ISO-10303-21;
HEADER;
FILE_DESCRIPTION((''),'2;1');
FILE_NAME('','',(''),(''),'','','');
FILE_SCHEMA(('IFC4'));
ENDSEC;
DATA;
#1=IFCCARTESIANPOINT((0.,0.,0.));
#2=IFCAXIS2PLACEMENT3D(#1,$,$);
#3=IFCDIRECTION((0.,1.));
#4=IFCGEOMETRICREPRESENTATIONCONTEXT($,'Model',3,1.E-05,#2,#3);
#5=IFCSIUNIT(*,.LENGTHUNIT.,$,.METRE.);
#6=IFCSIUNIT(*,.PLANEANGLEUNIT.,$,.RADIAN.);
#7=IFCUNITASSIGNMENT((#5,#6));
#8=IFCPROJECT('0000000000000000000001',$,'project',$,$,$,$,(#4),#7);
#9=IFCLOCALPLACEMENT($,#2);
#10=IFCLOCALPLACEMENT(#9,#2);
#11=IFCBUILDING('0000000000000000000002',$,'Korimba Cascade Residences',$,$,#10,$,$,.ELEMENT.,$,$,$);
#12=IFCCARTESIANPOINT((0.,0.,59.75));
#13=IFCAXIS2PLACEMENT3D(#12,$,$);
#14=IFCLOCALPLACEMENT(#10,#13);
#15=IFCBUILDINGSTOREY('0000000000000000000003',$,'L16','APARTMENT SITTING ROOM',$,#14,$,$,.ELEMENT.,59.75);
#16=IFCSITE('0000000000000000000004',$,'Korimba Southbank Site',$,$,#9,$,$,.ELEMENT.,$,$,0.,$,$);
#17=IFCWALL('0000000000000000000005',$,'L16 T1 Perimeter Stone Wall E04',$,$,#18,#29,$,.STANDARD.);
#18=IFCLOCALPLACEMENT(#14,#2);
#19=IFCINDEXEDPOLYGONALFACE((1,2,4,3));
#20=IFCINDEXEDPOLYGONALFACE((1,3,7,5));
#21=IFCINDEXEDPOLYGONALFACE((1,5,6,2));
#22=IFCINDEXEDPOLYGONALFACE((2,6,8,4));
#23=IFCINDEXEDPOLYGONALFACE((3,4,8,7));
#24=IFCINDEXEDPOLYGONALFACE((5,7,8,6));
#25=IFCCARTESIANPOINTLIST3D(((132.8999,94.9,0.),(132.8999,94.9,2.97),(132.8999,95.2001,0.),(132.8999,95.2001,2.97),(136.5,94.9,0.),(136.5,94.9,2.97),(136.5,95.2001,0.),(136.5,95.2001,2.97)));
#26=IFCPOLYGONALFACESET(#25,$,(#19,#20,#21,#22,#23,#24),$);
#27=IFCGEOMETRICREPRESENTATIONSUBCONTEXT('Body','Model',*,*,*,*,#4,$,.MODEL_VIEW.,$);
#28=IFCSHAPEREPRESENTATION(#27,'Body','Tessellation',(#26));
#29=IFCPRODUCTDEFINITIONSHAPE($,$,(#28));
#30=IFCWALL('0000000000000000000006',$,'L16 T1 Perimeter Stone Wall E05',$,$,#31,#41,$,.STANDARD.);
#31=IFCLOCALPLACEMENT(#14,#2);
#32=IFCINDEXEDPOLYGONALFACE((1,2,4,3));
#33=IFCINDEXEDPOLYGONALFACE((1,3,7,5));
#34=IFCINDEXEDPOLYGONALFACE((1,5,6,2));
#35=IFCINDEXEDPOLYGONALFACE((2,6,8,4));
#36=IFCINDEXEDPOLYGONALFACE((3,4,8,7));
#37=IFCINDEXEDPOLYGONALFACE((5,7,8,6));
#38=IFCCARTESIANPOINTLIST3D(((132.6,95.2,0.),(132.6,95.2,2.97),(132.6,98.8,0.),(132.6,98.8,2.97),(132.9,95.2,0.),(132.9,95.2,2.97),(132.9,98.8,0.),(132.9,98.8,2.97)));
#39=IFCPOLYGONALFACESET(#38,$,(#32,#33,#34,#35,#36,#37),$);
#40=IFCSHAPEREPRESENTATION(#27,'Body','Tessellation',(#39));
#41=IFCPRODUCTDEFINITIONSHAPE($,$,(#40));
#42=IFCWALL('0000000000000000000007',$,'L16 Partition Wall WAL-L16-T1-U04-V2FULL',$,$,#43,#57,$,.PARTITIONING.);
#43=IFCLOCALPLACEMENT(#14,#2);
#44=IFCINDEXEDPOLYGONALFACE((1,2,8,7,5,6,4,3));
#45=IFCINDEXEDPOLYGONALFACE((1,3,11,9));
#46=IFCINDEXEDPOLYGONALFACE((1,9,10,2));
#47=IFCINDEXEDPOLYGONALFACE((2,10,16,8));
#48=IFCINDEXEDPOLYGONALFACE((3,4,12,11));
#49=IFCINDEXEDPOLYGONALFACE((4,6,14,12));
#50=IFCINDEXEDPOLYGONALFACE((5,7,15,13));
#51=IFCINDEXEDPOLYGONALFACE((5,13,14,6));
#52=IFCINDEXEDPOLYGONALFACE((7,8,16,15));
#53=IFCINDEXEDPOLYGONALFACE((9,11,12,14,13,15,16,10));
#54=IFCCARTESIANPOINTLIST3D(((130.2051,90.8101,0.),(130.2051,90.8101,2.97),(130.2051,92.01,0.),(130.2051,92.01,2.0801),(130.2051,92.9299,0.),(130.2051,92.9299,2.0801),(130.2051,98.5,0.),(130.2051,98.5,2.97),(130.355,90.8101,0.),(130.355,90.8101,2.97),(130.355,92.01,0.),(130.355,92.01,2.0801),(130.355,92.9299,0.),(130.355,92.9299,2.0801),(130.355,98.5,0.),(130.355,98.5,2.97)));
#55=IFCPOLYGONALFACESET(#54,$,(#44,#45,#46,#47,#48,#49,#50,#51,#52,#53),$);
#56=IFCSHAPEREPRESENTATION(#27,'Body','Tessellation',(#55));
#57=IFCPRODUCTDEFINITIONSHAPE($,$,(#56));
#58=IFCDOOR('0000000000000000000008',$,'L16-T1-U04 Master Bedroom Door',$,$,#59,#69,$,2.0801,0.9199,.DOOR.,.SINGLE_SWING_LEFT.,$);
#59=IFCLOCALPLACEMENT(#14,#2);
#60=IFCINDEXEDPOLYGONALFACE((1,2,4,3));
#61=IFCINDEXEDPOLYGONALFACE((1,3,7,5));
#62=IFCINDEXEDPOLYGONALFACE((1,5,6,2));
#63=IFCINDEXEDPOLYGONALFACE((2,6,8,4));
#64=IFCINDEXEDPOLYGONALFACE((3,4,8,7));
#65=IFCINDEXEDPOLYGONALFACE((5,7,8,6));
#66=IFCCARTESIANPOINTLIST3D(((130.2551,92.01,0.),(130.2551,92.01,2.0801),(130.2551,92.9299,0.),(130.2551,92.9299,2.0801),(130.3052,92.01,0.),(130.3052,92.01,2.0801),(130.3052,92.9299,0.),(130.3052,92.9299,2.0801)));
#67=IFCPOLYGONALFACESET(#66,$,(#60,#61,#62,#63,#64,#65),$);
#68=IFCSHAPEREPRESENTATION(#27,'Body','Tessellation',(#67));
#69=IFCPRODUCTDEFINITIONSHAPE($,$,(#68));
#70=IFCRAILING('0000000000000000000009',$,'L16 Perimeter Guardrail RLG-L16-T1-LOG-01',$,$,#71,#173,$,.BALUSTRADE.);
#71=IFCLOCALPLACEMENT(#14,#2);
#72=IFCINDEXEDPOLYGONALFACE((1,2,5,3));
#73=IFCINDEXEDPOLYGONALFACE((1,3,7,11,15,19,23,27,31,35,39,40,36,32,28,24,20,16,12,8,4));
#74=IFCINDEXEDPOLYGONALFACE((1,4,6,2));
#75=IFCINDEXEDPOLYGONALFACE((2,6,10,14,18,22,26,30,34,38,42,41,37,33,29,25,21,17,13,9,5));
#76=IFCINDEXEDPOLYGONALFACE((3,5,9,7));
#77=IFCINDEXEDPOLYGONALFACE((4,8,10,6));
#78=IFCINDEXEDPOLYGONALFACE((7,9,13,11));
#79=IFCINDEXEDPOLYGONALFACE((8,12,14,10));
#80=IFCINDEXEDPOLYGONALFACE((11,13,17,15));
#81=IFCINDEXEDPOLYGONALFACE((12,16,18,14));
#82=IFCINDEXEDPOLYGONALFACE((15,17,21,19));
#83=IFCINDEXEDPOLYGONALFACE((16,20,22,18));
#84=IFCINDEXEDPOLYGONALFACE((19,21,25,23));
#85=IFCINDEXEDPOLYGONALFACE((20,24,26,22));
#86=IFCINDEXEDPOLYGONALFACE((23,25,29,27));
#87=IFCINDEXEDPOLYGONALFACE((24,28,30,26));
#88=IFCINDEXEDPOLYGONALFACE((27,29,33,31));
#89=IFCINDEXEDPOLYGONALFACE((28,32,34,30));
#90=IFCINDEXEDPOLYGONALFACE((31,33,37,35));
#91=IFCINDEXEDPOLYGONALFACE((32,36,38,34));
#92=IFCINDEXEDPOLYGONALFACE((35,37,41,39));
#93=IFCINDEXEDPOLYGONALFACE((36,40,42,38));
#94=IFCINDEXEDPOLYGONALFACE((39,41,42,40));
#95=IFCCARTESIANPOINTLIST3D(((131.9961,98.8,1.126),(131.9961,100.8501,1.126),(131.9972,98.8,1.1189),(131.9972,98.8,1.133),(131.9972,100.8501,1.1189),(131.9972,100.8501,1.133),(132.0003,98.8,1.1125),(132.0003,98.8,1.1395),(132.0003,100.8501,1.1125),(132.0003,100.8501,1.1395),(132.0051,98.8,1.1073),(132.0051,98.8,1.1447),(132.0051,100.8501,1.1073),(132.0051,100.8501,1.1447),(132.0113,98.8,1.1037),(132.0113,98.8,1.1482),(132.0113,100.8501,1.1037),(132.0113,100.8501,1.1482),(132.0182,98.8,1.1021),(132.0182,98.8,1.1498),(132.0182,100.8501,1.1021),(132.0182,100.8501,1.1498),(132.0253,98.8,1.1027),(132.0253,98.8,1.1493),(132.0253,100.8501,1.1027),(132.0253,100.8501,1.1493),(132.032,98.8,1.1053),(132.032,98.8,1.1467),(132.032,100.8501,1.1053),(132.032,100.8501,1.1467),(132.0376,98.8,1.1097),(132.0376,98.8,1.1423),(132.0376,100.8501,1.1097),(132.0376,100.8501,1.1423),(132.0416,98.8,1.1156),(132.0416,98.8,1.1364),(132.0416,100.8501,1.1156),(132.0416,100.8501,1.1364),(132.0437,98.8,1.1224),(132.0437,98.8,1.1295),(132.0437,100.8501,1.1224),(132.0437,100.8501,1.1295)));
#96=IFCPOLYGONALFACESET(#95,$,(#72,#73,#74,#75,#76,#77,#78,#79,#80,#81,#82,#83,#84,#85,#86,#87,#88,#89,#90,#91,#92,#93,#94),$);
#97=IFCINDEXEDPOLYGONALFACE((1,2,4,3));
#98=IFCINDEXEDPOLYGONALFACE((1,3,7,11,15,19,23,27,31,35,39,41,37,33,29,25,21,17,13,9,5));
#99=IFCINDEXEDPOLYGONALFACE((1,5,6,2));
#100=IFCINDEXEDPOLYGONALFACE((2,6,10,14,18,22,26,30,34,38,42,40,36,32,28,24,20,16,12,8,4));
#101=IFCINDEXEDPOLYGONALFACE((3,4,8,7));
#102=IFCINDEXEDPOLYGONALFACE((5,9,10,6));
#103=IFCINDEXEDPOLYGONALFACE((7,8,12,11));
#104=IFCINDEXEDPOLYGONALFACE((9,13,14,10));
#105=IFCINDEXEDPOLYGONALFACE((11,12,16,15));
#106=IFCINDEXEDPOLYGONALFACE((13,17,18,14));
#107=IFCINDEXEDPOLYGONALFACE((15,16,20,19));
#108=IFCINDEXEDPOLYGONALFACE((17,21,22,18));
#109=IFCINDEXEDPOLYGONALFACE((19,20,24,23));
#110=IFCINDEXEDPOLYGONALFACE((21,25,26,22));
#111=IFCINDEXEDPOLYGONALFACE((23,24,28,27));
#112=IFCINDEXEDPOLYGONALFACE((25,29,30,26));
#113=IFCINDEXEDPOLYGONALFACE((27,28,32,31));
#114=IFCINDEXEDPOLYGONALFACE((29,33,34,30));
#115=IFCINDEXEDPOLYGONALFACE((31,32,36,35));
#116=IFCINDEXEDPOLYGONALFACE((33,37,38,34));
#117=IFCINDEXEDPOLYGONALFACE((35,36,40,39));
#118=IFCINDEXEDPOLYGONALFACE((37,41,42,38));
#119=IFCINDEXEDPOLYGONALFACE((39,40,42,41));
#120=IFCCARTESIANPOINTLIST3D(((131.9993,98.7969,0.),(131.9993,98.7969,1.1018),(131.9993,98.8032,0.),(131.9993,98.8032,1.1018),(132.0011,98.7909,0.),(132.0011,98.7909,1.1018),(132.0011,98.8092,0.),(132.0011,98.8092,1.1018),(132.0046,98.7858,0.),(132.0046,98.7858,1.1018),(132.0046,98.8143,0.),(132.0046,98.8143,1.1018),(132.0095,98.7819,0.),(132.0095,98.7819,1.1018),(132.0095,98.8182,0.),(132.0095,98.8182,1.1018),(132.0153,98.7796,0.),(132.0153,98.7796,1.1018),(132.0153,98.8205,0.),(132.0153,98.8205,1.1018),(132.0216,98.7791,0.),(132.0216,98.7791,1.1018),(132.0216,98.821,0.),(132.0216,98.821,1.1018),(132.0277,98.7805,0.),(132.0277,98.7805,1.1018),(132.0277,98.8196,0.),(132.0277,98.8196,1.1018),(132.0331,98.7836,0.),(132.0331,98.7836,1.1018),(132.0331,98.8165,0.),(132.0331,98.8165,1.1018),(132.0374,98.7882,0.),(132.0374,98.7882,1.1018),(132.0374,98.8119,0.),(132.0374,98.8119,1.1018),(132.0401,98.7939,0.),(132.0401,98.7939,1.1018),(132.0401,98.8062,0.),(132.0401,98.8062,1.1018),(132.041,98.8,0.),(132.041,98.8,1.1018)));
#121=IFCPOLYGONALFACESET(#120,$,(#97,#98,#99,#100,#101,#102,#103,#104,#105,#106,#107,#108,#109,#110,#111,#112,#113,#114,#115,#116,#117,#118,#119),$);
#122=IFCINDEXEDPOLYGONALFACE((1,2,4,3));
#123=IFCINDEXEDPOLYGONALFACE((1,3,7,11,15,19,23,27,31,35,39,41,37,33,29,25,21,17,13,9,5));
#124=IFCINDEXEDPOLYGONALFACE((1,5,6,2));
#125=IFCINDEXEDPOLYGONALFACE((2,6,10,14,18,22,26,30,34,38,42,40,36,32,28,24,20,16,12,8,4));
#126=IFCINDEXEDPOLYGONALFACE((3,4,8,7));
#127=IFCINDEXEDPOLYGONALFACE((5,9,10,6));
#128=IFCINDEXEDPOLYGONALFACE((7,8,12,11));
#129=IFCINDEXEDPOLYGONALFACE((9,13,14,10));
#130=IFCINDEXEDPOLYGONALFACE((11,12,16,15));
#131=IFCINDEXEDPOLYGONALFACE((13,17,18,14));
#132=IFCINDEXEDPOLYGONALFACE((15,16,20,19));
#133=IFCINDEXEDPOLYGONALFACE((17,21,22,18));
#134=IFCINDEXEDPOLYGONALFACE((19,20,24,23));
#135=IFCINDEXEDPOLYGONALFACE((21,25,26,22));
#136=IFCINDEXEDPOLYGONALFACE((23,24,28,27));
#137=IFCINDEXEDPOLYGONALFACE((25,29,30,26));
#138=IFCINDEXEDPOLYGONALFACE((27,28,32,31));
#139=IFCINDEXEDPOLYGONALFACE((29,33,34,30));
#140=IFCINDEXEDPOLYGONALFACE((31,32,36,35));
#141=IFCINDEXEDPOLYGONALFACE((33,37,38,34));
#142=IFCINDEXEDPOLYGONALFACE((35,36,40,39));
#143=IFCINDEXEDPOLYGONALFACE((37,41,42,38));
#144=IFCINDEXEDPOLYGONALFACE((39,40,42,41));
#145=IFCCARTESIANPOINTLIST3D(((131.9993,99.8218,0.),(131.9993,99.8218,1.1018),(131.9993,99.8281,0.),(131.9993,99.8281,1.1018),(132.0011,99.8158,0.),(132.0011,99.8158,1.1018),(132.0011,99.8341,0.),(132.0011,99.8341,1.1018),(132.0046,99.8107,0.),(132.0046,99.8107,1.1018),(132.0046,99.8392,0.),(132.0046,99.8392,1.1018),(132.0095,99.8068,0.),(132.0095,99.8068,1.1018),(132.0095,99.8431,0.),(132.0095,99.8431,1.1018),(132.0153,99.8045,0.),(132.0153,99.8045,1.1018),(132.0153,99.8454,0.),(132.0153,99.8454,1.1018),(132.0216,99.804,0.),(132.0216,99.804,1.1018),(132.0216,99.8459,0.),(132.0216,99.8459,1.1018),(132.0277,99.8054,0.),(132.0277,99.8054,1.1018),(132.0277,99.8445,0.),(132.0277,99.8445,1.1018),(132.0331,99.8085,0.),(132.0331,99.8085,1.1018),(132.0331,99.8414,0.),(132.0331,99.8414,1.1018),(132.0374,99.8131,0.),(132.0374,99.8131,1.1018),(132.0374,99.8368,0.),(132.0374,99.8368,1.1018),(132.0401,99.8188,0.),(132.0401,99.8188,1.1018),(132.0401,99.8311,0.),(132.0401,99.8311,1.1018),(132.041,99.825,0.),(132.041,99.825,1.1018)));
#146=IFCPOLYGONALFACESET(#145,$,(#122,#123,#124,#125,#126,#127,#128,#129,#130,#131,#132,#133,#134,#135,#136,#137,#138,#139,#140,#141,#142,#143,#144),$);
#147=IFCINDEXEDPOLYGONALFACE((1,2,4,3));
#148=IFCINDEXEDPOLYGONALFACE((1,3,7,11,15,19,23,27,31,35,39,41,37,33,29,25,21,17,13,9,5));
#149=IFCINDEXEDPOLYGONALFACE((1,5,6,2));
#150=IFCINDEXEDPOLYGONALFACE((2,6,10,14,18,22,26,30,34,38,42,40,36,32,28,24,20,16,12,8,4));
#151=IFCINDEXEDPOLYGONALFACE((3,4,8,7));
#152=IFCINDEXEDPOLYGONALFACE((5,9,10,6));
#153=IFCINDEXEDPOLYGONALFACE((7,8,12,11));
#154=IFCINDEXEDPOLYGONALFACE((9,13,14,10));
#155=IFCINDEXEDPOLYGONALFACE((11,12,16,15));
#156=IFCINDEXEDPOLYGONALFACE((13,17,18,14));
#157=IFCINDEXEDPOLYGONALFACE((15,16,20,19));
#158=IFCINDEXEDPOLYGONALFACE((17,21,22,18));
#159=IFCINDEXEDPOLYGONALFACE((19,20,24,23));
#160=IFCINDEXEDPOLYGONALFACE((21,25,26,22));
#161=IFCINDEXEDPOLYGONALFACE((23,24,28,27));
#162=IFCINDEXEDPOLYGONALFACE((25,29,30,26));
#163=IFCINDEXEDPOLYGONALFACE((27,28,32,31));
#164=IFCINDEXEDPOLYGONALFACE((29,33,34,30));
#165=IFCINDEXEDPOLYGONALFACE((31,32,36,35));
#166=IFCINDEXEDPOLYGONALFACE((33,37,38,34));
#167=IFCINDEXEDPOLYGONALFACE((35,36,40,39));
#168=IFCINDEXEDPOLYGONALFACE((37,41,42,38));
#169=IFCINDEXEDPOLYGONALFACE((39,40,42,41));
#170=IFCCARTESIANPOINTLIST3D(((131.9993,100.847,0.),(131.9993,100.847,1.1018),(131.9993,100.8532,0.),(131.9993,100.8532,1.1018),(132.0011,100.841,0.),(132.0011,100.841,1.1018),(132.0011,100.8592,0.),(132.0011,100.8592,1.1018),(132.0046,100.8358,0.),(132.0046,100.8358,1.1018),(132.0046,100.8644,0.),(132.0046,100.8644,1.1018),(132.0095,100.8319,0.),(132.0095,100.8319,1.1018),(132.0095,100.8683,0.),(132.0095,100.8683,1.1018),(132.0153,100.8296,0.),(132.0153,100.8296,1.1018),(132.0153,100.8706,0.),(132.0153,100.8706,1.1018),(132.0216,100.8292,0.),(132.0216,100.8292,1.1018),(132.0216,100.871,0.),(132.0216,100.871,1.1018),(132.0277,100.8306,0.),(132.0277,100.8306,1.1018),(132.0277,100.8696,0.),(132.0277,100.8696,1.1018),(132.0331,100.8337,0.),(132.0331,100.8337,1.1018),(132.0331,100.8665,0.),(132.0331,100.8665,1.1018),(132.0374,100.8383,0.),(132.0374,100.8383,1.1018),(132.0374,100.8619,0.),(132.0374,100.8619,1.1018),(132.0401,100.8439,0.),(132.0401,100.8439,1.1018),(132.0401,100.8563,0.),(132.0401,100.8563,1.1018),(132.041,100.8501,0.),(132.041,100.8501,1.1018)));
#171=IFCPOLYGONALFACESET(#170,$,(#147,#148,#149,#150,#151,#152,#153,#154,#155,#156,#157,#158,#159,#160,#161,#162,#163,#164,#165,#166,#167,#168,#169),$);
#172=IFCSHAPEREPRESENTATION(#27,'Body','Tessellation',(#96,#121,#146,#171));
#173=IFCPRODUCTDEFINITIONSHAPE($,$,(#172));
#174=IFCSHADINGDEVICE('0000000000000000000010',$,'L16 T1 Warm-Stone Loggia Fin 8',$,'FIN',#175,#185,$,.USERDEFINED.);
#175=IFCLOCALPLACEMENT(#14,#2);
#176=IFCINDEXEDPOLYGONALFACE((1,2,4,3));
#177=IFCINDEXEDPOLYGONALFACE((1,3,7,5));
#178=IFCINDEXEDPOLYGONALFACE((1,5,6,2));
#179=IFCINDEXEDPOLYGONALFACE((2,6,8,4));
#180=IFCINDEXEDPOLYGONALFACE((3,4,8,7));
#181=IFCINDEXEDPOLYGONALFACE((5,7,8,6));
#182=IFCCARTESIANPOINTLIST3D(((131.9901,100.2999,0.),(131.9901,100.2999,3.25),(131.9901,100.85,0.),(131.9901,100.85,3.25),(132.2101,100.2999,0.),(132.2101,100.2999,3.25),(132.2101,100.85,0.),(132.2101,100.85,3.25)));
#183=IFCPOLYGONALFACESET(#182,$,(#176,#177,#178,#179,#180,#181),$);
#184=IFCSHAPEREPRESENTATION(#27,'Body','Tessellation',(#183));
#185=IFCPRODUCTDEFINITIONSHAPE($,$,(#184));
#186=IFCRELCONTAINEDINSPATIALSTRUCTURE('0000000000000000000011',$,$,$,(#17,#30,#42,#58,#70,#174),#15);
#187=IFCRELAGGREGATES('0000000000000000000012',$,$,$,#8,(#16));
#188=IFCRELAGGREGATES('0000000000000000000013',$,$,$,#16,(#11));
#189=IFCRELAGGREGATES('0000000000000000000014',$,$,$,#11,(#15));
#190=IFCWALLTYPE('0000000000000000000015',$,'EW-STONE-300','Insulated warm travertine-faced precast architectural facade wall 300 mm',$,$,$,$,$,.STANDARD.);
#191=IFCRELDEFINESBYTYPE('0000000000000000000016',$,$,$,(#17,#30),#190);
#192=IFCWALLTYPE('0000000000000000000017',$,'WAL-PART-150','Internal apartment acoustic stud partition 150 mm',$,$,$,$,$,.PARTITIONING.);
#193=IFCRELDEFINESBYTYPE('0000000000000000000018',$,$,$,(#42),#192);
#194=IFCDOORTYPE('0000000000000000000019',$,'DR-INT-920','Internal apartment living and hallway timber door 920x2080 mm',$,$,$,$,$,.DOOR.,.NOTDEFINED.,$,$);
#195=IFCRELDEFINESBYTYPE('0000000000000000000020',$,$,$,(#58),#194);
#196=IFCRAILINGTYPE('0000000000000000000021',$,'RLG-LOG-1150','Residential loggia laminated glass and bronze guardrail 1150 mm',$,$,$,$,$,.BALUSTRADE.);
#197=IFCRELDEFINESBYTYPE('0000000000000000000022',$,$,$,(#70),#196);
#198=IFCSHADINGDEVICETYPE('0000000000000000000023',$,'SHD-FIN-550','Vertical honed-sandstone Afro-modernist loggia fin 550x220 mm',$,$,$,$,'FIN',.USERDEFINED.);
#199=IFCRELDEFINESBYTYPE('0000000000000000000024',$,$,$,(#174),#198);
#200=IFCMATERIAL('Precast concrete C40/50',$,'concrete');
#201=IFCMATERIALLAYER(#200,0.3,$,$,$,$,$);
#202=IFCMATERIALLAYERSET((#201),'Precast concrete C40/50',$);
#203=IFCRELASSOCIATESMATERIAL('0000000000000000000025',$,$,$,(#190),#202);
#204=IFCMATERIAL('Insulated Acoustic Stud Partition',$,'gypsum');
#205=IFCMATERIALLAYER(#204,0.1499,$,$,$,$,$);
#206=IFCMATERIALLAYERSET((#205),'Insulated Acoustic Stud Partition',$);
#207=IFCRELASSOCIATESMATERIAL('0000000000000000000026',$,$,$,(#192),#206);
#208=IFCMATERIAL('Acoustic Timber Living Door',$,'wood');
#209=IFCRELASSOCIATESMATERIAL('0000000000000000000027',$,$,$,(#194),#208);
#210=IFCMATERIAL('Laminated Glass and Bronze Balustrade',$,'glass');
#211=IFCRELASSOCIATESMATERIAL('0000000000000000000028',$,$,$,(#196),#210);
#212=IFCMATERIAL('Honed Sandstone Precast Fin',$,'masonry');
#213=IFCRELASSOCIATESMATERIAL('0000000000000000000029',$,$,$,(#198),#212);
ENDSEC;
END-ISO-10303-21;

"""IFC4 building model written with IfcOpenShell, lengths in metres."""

from ifc_helpers import new_model, si_unit, direction, frame, frame_2d, origin, origin_2d, place, context, subcontext, project, spatial, rectangle, circle, extrude, material, layer, layer_set, type_object, element, fill, save


model = new_model("IFC4")

# Units and contexts
model_context = context("Model", 3, precision=1e-05, world=origin(), true_north=direction((0.0, 1.0)))
body_context = subcontext(model_context, "Body", "Model", "MODEL_VIEW")
ifc_project = project(units=[si_unit("LENGTHUNIT", "METRE"), si_unit("PLANEANGLEUNIT", "RADIAN")], contexts=[model_context])

# Site, building, storey
site_placement = place(None, origin())
site = spatial("IfcSite", under=ifc_project, at=site_placement, Name="Korimba Southbank Site", CompositionType="ELEMENT", RefElevation=0.0)
building_placement = place(site_placement, origin())
building = spatial("IfcBuilding", under=site, at=building_placement, Name="Korimba Cascade Residences", CompositionType="ELEMENT")
storey_placement = place(building_placement, frame((0.0, 0.0, 59.75)))
storey = spatial("IfcBuildingStorey", under=building, at=storey_placement, Name="L16", Description="APARTMENT SITTING ROOM", CompositionType="ELEMENT", Elevation=59.75)

# Shared definitions
ifc_material_1 = material(Name="Precast concrete C40/50", Category="concrete")

# Walls
ifc_layer_1 = layer(ifc_material_1, 0.3)
ifc_layer_set_1 = layer_set([ifc_layer_1], Name="Precast concrete C40/50")
wall_type_1 = type_object("IfcWallType", Name="EW-STONE-300", Description="Insulated warm travertine-faced precast architectural facade wall 300 mm", PredefinedType="STANDARD", material=ifc_layer_set_1)
for number, where, z_axis, x_axis, name in (
    (1, (136.5, 95.05, 0.0), (0.0, 0.0, 1.0), (-1.0, 0.0, 0.0), "L16 T1 Perimeter Stone Wall E04"),
    (2, (132.75, 95.2, 0.0), (0.0, 0.0, 1.0), (0.0, 1.0, 0.0), "L16 T1 Perimeter Stone Wall E05"),
):
    element("IfcWall", number, at=place(storey_placement, frame(where, z_axis=z_axis, x_axis=x_axis)), inside=storey, type_object=wall_type_1, Name=name, PredefinedType="STANDARD", context=body_context, shape_type="SweptSolid", body=[
        extrude(rectangle(XDim=3.6001, YDim=0.3, at=frame_2d((1.8, 0.0))), origin(), (0.0, 0.0, 1.0), 2.97),
    ])

# Wall, opening, door
ifc_material_2 = material(Name="Insulated Acoustic Stud Partition", Category="gypsum")
ifc_layer_2 = layer(ifc_material_2, 0.1499)
ifc_layer_set_2 = layer_set([ifc_layer_2], Name="Insulated Acoustic Stud Partition")
wall_type_2 = type_object("IfcWallType", Name="WAL-PART-150", Description="Internal apartment acoustic stud partition 150 mm", PredefinedType="PARTITIONING", material=ifc_layer_set_2)
wall_1_placement = place(storey_placement, frame((130.28, 90.8101, 0.0), z_axis=(0.0, 0.0, 1.0), x_axis=(0.0, 1.0, 0.0)))
wall_1 = element("IfcWall", 3, at=wall_1_placement, inside=storey, type_object=wall_type_2, Name="L16 Partition Wall WAL-L16-T1-U04-V2FULL", PredefinedType="PARTITIONING", context=body_context, shape_type="SweptSolid", body=[
    extrude(rectangle(XDim=7.6899, YDim=0.1499, at=frame_2d((3.845, 0.0))), origin(), (0.0, 0.0, 1.0), 2.97),
])
opening_1_placement = place(wall_1_placement, frame((1.2, 0.0, 0.0)))
opening_1 = element("IfcOpeningElement", 4, at=opening_1_placement, cuts=wall_1, PredefinedType="OPENING", context=body_context, shape_type="SweptSolid", body=[
    extrude(rectangle(XDim=0.9199, YDim=2.0801, at=frame_2d((0.46, 1.04))), frame((0.0, 0.085, 0.0), z_axis=(0.0, -1.0, 0.0), x_axis=(1.0, 0.0, 0.0)), (0.0, 0.0, 1.0), 0.1699),
])
ifc_material_3 = material(Name="Acoustic Timber Living Door", Category="wood")
door_type_1 = type_object("IfcDoorType", Name="DR-INT-920", Description="Internal apartment living and hallway timber door 920x2080 mm", OperationType="NOTDEFINED", PredefinedType="DOOR", material=ifc_material_3)
door_1_placement = place(opening_1_placement, origin())
door_1 = element("IfcDoor", 5, at=door_1_placement, inside=storey, type_object=door_type_1, Name="L16-T1-U04 Master Bedroom Door", OperationType="SINGLE_SWING_LEFT", OverallHeight=2.0801, OverallWidth=0.9199, PredefinedType="DOOR", context=body_context, shape_type="SweptSolid", body=[
    extrude(rectangle(XDim=0.9199, YDim=2.0801, at=frame_2d((0.46, 1.04))), frame((0.0, 0.0249, 0.0), z_axis=(0.0, -1.0, 0.0), x_axis=(1.0, 0.0, 0.0)), (0.0, 0.0, 1.0), 0.05),
])
fill(opening_1, door_1)

# Railing
ifc_material_4 = material(Name="Laminated Glass and Bronze Balustrade", Category="glass")
railing_type = type_object("IfcRailingType", Name="RLG-LOG-1150", Description="Residential loggia laminated glass and bronze guardrail 1150 mm", PredefinedType="BALUSTRADE", material=ifc_material_4)
railing_1_placement = place(storey_placement, frame((132.02, 98.8, 0.0)))
element("IfcRailing", 6, at=railing_1_placement, inside=storey, type_object=railing_type, Name="L16 Perimeter Guardrail RLG-L16-T1-LOG-01", PredefinedType="BALUSTRADE", context=body_context, shape_type="SweptSolid", body=[
    extrude(circle(Radius=0.0239, at=origin_2d()), frame((0.0, 0.0, 1.126), z_axis=(0.0, 1.0, 0.0), x_axis=(-1.0, 0.0, 0.0)), (0.0, 0.0, 1.0), 2.05),
    extrude(circle(Radius=0.021, at=origin_2d()), origin(), (0.0, 0.0, 1.0), 1.1018),
    extrude(circle(Radius=0.021, at=origin_2d()), frame((0.0, 1.0249, 0.0)), (0.0, 0.0, 1.0), 1.1018),
    extrude(circle(Radius=0.021, at=origin_2d()), frame((0.0, 2.05, 0.0)), (0.0, 0.0, 1.0), 1.1018),
])

# Shading device
ifc_material_5 = material(Name="Honed Sandstone Precast Fin", Category="masonry")
shading_device_type = type_object("IfcShadingDeviceType", Name="SHD-FIN-550", Description="Vertical honed-sandstone Afro-modernist loggia fin 550x220 mm", ElementType="FIN", PredefinedType="USERDEFINED", material=ifc_material_5)
shading_device_placement = place(storey_placement, frame((132.1001, 100.575, 0.0), z_axis=(0.0, 0.0, 1.0), x_axis=(1.0, 0.0, 0.0)))
element("IfcShadingDevice", 7, at=shading_device_placement, inside=storey, type_object=shading_device_type, Name="L16 T1 Warm-Stone Loggia Fin 8", ObjectType="FIN", PredefinedType="USERDEFINED", context=body_context, shape_type="SweptSolid", body=[
    extrude(rectangle(XDim=0.22, YDim=0.55, at=origin_2d()), origin(), (0.0, 0.0, 1.0), 3.25),
])

save(model, "model.ifc")
